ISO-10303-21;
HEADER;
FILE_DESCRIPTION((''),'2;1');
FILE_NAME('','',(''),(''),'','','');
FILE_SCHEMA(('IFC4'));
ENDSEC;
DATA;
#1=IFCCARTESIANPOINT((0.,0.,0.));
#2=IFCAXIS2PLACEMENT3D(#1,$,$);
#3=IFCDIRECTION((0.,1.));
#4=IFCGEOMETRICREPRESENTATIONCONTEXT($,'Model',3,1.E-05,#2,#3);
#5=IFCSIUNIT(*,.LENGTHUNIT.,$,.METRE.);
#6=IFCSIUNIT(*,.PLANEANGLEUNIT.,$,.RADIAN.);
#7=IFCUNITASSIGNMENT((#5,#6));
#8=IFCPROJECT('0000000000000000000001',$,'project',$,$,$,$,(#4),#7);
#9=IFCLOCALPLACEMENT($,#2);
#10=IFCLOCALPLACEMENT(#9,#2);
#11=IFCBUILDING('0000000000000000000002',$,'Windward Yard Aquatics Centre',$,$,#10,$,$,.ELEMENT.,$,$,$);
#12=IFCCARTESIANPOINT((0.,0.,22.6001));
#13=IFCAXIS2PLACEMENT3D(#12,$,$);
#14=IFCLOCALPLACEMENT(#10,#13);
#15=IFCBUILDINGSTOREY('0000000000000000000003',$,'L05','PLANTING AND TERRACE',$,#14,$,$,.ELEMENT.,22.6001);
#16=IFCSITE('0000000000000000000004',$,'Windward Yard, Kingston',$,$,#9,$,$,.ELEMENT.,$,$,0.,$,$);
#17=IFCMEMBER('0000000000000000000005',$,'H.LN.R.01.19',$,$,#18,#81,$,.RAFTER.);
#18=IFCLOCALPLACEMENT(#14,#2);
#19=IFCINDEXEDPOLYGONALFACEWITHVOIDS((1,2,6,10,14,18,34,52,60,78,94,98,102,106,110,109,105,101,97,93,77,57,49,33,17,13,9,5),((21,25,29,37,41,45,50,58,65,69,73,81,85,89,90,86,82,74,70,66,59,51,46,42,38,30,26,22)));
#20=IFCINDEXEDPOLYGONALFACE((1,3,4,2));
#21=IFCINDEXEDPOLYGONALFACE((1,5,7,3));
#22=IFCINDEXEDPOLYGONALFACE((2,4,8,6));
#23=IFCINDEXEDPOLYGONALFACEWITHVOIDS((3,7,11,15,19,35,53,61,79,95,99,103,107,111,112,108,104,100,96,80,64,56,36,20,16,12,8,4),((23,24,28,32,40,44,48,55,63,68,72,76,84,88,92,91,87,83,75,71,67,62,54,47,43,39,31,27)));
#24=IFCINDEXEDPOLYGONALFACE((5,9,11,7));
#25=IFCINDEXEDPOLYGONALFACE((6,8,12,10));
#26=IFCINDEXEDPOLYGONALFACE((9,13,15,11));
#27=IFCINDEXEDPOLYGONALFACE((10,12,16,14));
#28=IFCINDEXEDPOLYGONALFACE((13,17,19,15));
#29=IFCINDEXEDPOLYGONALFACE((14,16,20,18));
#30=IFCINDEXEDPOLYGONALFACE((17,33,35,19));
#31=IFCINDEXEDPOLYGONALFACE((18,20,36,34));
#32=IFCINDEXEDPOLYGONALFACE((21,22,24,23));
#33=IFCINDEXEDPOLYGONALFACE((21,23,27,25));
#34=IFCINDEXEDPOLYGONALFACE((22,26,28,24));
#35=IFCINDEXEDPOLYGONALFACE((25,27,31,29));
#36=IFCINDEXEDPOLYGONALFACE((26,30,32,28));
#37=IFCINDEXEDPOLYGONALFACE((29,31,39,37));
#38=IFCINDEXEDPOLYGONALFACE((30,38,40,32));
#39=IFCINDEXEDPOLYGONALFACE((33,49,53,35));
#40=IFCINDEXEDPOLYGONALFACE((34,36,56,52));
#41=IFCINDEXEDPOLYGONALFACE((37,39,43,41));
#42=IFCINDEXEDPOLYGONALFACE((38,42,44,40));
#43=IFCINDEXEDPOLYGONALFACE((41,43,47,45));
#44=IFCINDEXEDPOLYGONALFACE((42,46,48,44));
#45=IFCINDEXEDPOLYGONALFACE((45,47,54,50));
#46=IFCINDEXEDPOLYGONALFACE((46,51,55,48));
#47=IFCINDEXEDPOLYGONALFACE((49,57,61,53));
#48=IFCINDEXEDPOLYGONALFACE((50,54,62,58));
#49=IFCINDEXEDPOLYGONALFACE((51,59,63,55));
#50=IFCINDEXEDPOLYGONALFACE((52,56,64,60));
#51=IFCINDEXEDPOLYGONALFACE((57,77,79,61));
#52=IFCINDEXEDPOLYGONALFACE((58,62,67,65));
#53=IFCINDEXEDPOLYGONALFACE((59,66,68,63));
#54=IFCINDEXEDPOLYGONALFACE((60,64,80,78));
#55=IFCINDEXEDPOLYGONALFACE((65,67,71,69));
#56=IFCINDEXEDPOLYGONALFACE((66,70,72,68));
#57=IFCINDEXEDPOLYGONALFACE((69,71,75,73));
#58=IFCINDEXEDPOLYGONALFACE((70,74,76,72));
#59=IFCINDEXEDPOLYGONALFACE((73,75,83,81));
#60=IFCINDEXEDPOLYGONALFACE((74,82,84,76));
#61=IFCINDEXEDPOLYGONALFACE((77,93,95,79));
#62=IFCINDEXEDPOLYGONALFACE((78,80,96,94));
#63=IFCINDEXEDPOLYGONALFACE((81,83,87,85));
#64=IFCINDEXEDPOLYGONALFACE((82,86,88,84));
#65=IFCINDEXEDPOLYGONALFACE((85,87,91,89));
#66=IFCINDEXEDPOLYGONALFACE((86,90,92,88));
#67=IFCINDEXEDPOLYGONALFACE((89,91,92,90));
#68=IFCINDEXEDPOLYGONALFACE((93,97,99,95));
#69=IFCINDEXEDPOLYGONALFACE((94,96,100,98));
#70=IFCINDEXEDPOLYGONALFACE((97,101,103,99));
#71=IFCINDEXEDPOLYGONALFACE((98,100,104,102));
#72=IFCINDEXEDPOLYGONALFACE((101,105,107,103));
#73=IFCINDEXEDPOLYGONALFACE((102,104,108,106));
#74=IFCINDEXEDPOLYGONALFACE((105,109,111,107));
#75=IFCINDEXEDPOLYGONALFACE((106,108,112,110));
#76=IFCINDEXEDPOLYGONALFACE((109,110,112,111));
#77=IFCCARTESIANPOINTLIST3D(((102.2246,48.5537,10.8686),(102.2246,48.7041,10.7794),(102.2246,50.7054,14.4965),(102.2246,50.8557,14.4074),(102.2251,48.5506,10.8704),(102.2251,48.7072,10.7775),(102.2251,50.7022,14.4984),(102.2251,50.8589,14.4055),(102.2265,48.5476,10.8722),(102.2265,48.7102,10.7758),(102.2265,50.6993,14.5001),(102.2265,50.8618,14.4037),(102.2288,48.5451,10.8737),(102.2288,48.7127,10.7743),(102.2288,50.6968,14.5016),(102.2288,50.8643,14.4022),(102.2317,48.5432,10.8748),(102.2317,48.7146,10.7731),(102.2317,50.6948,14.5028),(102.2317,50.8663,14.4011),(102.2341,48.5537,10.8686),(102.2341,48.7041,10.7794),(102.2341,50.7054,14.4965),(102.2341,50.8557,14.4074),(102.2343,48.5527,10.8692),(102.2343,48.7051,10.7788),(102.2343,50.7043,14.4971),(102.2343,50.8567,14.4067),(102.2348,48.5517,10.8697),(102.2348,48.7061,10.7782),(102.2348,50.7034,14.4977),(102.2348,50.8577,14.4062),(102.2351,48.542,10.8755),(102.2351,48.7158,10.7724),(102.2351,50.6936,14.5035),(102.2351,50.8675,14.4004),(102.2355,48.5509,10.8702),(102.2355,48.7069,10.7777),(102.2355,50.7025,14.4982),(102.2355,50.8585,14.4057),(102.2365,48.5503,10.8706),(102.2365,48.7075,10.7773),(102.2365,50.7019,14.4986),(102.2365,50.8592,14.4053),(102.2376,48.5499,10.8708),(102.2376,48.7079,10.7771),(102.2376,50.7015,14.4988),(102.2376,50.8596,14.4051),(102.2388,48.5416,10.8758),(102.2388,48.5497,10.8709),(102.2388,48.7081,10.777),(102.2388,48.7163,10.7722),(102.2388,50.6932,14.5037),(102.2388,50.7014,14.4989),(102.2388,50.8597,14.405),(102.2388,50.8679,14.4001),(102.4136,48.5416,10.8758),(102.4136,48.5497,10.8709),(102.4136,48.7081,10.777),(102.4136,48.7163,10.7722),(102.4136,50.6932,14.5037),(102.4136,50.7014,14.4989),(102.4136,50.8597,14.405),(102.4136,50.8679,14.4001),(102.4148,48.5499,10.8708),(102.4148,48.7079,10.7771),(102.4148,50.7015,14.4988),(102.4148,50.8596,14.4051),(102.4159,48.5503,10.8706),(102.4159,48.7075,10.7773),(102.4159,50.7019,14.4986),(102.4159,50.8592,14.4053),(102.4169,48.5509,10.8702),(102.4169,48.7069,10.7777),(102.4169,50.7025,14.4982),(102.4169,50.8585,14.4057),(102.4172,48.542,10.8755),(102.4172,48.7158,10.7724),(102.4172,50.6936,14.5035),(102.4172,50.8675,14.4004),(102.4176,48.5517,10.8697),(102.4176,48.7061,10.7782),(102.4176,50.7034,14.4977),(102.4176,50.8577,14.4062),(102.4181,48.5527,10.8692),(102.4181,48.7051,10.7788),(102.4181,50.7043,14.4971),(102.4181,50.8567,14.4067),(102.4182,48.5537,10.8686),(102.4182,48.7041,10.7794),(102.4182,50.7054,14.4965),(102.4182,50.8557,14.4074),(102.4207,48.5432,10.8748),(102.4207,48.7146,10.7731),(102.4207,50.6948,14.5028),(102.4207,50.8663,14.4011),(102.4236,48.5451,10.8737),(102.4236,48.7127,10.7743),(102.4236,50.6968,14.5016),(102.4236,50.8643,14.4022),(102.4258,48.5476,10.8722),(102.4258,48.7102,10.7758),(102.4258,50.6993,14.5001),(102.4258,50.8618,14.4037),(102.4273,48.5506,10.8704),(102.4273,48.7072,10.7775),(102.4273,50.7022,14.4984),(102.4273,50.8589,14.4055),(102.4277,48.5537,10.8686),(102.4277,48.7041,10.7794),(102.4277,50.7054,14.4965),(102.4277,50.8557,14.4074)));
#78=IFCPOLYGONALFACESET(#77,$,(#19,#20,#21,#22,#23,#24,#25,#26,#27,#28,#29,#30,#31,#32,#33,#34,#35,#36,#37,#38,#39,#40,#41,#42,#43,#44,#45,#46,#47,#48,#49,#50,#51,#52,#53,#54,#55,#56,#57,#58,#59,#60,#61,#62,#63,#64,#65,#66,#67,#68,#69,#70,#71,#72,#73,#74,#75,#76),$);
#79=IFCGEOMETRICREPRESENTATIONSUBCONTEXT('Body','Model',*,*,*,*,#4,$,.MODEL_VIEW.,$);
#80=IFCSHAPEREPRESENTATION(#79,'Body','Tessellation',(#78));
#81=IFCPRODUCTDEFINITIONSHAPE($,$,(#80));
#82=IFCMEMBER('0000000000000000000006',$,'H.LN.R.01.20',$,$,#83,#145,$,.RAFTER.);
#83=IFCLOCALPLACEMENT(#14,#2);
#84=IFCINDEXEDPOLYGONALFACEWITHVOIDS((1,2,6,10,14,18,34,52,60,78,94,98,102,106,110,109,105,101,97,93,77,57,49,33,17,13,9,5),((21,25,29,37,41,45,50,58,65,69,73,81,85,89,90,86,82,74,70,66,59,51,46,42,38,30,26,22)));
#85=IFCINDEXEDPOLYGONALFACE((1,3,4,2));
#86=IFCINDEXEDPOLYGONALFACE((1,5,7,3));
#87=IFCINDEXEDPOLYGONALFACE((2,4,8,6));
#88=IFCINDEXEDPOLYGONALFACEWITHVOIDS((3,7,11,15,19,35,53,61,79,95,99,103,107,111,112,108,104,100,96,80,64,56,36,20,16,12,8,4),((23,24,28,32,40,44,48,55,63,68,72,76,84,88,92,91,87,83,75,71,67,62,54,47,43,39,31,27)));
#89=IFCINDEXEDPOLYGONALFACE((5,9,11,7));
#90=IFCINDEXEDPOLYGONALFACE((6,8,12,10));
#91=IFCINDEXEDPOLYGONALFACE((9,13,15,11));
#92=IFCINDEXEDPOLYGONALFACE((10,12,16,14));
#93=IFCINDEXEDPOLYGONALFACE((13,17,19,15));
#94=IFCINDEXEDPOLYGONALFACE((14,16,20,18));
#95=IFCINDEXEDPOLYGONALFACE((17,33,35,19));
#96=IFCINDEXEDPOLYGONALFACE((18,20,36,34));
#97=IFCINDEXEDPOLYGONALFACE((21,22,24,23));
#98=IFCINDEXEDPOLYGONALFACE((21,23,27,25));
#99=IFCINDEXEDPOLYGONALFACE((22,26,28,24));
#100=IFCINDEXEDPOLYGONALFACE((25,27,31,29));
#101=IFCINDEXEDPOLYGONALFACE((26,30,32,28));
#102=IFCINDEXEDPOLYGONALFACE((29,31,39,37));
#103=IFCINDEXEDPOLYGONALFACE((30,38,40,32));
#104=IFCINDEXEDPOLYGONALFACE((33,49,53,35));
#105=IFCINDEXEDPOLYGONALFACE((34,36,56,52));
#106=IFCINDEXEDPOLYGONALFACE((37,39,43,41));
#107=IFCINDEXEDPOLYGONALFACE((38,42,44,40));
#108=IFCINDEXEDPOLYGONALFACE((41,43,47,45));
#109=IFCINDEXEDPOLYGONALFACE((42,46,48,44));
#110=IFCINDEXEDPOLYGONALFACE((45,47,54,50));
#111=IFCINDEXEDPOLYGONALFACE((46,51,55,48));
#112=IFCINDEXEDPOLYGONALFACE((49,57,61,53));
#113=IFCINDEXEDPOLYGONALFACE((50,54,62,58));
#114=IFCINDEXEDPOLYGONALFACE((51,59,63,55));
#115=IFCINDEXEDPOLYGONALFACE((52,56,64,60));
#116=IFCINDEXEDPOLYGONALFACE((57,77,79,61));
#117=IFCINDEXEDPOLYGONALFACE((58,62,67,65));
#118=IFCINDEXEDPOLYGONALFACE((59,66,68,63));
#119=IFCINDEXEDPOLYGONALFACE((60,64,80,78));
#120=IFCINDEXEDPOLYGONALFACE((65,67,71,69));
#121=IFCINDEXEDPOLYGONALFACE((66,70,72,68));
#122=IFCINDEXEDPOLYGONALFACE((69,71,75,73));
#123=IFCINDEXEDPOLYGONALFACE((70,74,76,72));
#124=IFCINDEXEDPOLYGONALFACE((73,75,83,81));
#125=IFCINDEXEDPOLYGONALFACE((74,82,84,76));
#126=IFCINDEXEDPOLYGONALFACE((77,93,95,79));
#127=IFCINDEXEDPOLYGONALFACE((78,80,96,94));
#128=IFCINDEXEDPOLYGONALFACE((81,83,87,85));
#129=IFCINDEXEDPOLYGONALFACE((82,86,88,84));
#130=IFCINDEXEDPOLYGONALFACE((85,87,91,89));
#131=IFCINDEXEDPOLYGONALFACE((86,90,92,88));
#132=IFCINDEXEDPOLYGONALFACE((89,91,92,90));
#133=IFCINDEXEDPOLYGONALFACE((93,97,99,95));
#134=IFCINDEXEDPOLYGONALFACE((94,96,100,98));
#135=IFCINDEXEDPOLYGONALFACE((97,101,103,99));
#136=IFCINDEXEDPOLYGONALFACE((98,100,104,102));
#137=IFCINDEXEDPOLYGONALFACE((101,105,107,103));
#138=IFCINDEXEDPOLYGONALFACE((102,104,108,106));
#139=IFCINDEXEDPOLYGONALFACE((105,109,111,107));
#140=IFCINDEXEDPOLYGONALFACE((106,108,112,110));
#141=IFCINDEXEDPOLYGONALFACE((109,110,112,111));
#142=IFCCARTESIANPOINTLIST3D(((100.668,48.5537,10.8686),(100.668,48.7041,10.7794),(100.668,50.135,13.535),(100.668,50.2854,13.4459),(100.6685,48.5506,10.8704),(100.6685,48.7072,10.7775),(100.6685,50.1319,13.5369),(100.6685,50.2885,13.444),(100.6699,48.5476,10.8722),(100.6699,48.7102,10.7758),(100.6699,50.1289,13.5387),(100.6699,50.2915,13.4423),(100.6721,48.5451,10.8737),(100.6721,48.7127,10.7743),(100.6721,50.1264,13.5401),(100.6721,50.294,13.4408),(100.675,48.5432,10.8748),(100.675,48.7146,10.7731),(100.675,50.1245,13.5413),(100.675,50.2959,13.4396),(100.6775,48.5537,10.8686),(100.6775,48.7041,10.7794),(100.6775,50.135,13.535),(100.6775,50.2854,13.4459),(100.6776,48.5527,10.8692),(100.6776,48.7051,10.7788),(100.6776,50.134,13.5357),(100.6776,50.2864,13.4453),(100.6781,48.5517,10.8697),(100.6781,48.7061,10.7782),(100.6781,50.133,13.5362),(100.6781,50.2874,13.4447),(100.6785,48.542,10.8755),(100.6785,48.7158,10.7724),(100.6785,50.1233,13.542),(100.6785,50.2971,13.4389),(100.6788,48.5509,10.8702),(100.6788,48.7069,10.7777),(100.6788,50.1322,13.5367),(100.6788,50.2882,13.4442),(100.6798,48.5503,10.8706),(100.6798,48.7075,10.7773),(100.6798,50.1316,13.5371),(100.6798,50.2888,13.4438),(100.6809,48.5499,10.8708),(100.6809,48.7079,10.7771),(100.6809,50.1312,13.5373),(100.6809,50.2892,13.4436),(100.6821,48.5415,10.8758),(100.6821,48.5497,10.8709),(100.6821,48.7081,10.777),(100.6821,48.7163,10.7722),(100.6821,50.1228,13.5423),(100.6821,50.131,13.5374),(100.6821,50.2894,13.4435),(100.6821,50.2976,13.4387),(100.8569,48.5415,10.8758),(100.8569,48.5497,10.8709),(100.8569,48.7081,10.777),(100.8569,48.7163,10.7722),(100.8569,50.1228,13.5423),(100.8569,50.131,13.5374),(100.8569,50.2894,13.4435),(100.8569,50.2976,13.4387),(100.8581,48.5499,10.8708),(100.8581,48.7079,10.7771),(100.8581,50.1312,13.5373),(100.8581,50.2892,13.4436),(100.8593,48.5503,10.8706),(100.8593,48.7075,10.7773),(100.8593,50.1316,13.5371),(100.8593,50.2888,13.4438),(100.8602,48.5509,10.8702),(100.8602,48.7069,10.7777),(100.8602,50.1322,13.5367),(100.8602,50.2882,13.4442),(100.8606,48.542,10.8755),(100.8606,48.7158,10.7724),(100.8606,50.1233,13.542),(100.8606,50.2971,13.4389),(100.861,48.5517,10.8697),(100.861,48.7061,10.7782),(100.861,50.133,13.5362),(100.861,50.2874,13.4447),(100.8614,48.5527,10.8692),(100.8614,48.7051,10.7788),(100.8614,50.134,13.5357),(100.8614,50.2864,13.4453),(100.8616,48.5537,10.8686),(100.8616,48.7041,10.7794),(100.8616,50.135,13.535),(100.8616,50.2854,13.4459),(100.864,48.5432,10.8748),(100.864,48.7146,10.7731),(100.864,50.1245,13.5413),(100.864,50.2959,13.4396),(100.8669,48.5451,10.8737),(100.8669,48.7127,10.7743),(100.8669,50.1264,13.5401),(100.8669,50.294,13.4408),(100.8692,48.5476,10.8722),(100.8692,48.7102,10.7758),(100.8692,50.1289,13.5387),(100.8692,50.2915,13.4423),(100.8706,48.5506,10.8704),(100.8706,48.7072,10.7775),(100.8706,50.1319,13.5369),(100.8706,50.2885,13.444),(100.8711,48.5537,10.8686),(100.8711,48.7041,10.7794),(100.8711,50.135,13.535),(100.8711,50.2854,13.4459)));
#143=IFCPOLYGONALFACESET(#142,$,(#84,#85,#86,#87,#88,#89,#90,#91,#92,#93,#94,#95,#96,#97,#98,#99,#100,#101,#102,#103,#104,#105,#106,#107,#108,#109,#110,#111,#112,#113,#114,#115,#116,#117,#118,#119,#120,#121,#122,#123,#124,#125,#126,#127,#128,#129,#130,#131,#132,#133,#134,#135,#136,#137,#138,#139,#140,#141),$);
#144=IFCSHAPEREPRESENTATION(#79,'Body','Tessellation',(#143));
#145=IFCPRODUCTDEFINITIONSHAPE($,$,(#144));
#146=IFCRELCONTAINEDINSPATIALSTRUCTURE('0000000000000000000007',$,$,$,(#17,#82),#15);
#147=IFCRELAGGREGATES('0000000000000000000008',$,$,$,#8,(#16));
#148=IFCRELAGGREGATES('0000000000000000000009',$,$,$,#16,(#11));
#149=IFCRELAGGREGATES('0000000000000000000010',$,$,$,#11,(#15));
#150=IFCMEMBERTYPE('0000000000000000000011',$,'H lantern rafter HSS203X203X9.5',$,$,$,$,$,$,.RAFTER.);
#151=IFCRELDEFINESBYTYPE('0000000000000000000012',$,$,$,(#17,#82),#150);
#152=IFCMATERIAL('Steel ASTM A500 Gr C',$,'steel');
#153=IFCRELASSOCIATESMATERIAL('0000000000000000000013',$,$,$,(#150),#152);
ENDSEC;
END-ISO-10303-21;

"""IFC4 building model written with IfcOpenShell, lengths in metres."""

from ifc_helpers import new_model, si_unit, direction, frame, origin, origin_2d, place, context, subcontext, project, spatial, hollow_rectangle, extrude, material, material_profile, profile_set, type_object, element, save


model = new_model("IFC4")

# Units and contexts
model_context = context("Model", 3, precision=1e-05, world=origin(), true_north=direction((0.0, 1.0)))
body_context = subcontext(model_context, "Body", "Model", "MODEL_VIEW")
ifc_project = project(units=[si_unit("LENGTHUNIT", "METRE"), si_unit("PLANEANGLEUNIT", "RADIAN")], contexts=[model_context])

# Site, building, storey
site_placement = place(None, origin())
site = spatial("IfcSite", under=ifc_project, at=site_placement, Name="Windward Yard, Kingston", CompositionType="ELEMENT", RefElevation=0.0)
building_placement = place(site_placement, origin())
building = spatial("IfcBuilding", under=site, at=building_placement, Name="Windward Yard Aquatics Centre", CompositionType="ELEMENT")
storey_placement = place(building_placement, frame((0.0, 0.0, 22.6001)))
storey = spatial("IfcBuildingStorey", under=building, at=storey_placement, Name="L05", Description="PLANTING AND TERRACE", CompositionType="ELEMENT", Elevation=22.6001)

# Members
ifc_material_1 = material(Name="Steel ASTM A500 Gr C", Category="steel")
ifc_material_profile_1 = material_profile(ifc_material_1, hollow_rectangle(XDim=0.2031, YDim=0.2031, WallThickness=0.0095, InnerFilletRadius=0.0046, OuterFilletRadius=0.0142, at=origin_2d()), Name="HSS203X203X9.5")
ifc_profile_set_1 = profile_set([ifc_material_profile_1], Name="Steel ASTM A500 Gr C")
member_type_1 = type_object("IfcMemberType", Name="H lantern rafter HSS203X203X9.5", PredefinedType="RAFTER", material=ifc_profile_set_1)
member_1_placement = place(storey_placement, frame((102.3262, 48.6289, 10.824), z_axis=(0.0, 0.510105, 0.860112), x_axis=(-1.0, 0.0, 0.0)))
element("IfcMember", 1, at=member_1_placement, inside=storey, type_object=member_type_1, Name="H.LN.R.01.19", PredefinedType="RAFTER", context=body_context, shape_type="SweptSolid", body=[
    extrude(hollow_rectangle(XDim=0.2031, YDim=0.2031, WallThickness=0.0095, InnerFilletRadius=0.0046, OuterFilletRadius=0.0142, at=origin_2d()), origin(), (0.0, 0.0, 1.0), 4.218),
])
member_2_placement = place(storey_placement, frame((100.7695, 48.6289, 10.824), z_axis=(0.0, 0.510077, 0.860129), x_axis=(-1.0, 0.0, 0.0)))
element("IfcMember", 2, at=member_2_placement, inside=storey, type_object=member_type_1, Name="H.LN.R.01.20", PredefinedType="RAFTER", context=body_context, shape_type="SweptSolid", body=[
    extrude(hollow_rectangle(XDim=0.2031, YDim=0.2031, WallThickness=0.0095, InnerFilletRadius=0.0046, OuterFilletRadius=0.0142, at=origin_2d()), origin(), (0.0, 0.0, 1.0), 3.1001),
])

save(model, "model.ifc")
